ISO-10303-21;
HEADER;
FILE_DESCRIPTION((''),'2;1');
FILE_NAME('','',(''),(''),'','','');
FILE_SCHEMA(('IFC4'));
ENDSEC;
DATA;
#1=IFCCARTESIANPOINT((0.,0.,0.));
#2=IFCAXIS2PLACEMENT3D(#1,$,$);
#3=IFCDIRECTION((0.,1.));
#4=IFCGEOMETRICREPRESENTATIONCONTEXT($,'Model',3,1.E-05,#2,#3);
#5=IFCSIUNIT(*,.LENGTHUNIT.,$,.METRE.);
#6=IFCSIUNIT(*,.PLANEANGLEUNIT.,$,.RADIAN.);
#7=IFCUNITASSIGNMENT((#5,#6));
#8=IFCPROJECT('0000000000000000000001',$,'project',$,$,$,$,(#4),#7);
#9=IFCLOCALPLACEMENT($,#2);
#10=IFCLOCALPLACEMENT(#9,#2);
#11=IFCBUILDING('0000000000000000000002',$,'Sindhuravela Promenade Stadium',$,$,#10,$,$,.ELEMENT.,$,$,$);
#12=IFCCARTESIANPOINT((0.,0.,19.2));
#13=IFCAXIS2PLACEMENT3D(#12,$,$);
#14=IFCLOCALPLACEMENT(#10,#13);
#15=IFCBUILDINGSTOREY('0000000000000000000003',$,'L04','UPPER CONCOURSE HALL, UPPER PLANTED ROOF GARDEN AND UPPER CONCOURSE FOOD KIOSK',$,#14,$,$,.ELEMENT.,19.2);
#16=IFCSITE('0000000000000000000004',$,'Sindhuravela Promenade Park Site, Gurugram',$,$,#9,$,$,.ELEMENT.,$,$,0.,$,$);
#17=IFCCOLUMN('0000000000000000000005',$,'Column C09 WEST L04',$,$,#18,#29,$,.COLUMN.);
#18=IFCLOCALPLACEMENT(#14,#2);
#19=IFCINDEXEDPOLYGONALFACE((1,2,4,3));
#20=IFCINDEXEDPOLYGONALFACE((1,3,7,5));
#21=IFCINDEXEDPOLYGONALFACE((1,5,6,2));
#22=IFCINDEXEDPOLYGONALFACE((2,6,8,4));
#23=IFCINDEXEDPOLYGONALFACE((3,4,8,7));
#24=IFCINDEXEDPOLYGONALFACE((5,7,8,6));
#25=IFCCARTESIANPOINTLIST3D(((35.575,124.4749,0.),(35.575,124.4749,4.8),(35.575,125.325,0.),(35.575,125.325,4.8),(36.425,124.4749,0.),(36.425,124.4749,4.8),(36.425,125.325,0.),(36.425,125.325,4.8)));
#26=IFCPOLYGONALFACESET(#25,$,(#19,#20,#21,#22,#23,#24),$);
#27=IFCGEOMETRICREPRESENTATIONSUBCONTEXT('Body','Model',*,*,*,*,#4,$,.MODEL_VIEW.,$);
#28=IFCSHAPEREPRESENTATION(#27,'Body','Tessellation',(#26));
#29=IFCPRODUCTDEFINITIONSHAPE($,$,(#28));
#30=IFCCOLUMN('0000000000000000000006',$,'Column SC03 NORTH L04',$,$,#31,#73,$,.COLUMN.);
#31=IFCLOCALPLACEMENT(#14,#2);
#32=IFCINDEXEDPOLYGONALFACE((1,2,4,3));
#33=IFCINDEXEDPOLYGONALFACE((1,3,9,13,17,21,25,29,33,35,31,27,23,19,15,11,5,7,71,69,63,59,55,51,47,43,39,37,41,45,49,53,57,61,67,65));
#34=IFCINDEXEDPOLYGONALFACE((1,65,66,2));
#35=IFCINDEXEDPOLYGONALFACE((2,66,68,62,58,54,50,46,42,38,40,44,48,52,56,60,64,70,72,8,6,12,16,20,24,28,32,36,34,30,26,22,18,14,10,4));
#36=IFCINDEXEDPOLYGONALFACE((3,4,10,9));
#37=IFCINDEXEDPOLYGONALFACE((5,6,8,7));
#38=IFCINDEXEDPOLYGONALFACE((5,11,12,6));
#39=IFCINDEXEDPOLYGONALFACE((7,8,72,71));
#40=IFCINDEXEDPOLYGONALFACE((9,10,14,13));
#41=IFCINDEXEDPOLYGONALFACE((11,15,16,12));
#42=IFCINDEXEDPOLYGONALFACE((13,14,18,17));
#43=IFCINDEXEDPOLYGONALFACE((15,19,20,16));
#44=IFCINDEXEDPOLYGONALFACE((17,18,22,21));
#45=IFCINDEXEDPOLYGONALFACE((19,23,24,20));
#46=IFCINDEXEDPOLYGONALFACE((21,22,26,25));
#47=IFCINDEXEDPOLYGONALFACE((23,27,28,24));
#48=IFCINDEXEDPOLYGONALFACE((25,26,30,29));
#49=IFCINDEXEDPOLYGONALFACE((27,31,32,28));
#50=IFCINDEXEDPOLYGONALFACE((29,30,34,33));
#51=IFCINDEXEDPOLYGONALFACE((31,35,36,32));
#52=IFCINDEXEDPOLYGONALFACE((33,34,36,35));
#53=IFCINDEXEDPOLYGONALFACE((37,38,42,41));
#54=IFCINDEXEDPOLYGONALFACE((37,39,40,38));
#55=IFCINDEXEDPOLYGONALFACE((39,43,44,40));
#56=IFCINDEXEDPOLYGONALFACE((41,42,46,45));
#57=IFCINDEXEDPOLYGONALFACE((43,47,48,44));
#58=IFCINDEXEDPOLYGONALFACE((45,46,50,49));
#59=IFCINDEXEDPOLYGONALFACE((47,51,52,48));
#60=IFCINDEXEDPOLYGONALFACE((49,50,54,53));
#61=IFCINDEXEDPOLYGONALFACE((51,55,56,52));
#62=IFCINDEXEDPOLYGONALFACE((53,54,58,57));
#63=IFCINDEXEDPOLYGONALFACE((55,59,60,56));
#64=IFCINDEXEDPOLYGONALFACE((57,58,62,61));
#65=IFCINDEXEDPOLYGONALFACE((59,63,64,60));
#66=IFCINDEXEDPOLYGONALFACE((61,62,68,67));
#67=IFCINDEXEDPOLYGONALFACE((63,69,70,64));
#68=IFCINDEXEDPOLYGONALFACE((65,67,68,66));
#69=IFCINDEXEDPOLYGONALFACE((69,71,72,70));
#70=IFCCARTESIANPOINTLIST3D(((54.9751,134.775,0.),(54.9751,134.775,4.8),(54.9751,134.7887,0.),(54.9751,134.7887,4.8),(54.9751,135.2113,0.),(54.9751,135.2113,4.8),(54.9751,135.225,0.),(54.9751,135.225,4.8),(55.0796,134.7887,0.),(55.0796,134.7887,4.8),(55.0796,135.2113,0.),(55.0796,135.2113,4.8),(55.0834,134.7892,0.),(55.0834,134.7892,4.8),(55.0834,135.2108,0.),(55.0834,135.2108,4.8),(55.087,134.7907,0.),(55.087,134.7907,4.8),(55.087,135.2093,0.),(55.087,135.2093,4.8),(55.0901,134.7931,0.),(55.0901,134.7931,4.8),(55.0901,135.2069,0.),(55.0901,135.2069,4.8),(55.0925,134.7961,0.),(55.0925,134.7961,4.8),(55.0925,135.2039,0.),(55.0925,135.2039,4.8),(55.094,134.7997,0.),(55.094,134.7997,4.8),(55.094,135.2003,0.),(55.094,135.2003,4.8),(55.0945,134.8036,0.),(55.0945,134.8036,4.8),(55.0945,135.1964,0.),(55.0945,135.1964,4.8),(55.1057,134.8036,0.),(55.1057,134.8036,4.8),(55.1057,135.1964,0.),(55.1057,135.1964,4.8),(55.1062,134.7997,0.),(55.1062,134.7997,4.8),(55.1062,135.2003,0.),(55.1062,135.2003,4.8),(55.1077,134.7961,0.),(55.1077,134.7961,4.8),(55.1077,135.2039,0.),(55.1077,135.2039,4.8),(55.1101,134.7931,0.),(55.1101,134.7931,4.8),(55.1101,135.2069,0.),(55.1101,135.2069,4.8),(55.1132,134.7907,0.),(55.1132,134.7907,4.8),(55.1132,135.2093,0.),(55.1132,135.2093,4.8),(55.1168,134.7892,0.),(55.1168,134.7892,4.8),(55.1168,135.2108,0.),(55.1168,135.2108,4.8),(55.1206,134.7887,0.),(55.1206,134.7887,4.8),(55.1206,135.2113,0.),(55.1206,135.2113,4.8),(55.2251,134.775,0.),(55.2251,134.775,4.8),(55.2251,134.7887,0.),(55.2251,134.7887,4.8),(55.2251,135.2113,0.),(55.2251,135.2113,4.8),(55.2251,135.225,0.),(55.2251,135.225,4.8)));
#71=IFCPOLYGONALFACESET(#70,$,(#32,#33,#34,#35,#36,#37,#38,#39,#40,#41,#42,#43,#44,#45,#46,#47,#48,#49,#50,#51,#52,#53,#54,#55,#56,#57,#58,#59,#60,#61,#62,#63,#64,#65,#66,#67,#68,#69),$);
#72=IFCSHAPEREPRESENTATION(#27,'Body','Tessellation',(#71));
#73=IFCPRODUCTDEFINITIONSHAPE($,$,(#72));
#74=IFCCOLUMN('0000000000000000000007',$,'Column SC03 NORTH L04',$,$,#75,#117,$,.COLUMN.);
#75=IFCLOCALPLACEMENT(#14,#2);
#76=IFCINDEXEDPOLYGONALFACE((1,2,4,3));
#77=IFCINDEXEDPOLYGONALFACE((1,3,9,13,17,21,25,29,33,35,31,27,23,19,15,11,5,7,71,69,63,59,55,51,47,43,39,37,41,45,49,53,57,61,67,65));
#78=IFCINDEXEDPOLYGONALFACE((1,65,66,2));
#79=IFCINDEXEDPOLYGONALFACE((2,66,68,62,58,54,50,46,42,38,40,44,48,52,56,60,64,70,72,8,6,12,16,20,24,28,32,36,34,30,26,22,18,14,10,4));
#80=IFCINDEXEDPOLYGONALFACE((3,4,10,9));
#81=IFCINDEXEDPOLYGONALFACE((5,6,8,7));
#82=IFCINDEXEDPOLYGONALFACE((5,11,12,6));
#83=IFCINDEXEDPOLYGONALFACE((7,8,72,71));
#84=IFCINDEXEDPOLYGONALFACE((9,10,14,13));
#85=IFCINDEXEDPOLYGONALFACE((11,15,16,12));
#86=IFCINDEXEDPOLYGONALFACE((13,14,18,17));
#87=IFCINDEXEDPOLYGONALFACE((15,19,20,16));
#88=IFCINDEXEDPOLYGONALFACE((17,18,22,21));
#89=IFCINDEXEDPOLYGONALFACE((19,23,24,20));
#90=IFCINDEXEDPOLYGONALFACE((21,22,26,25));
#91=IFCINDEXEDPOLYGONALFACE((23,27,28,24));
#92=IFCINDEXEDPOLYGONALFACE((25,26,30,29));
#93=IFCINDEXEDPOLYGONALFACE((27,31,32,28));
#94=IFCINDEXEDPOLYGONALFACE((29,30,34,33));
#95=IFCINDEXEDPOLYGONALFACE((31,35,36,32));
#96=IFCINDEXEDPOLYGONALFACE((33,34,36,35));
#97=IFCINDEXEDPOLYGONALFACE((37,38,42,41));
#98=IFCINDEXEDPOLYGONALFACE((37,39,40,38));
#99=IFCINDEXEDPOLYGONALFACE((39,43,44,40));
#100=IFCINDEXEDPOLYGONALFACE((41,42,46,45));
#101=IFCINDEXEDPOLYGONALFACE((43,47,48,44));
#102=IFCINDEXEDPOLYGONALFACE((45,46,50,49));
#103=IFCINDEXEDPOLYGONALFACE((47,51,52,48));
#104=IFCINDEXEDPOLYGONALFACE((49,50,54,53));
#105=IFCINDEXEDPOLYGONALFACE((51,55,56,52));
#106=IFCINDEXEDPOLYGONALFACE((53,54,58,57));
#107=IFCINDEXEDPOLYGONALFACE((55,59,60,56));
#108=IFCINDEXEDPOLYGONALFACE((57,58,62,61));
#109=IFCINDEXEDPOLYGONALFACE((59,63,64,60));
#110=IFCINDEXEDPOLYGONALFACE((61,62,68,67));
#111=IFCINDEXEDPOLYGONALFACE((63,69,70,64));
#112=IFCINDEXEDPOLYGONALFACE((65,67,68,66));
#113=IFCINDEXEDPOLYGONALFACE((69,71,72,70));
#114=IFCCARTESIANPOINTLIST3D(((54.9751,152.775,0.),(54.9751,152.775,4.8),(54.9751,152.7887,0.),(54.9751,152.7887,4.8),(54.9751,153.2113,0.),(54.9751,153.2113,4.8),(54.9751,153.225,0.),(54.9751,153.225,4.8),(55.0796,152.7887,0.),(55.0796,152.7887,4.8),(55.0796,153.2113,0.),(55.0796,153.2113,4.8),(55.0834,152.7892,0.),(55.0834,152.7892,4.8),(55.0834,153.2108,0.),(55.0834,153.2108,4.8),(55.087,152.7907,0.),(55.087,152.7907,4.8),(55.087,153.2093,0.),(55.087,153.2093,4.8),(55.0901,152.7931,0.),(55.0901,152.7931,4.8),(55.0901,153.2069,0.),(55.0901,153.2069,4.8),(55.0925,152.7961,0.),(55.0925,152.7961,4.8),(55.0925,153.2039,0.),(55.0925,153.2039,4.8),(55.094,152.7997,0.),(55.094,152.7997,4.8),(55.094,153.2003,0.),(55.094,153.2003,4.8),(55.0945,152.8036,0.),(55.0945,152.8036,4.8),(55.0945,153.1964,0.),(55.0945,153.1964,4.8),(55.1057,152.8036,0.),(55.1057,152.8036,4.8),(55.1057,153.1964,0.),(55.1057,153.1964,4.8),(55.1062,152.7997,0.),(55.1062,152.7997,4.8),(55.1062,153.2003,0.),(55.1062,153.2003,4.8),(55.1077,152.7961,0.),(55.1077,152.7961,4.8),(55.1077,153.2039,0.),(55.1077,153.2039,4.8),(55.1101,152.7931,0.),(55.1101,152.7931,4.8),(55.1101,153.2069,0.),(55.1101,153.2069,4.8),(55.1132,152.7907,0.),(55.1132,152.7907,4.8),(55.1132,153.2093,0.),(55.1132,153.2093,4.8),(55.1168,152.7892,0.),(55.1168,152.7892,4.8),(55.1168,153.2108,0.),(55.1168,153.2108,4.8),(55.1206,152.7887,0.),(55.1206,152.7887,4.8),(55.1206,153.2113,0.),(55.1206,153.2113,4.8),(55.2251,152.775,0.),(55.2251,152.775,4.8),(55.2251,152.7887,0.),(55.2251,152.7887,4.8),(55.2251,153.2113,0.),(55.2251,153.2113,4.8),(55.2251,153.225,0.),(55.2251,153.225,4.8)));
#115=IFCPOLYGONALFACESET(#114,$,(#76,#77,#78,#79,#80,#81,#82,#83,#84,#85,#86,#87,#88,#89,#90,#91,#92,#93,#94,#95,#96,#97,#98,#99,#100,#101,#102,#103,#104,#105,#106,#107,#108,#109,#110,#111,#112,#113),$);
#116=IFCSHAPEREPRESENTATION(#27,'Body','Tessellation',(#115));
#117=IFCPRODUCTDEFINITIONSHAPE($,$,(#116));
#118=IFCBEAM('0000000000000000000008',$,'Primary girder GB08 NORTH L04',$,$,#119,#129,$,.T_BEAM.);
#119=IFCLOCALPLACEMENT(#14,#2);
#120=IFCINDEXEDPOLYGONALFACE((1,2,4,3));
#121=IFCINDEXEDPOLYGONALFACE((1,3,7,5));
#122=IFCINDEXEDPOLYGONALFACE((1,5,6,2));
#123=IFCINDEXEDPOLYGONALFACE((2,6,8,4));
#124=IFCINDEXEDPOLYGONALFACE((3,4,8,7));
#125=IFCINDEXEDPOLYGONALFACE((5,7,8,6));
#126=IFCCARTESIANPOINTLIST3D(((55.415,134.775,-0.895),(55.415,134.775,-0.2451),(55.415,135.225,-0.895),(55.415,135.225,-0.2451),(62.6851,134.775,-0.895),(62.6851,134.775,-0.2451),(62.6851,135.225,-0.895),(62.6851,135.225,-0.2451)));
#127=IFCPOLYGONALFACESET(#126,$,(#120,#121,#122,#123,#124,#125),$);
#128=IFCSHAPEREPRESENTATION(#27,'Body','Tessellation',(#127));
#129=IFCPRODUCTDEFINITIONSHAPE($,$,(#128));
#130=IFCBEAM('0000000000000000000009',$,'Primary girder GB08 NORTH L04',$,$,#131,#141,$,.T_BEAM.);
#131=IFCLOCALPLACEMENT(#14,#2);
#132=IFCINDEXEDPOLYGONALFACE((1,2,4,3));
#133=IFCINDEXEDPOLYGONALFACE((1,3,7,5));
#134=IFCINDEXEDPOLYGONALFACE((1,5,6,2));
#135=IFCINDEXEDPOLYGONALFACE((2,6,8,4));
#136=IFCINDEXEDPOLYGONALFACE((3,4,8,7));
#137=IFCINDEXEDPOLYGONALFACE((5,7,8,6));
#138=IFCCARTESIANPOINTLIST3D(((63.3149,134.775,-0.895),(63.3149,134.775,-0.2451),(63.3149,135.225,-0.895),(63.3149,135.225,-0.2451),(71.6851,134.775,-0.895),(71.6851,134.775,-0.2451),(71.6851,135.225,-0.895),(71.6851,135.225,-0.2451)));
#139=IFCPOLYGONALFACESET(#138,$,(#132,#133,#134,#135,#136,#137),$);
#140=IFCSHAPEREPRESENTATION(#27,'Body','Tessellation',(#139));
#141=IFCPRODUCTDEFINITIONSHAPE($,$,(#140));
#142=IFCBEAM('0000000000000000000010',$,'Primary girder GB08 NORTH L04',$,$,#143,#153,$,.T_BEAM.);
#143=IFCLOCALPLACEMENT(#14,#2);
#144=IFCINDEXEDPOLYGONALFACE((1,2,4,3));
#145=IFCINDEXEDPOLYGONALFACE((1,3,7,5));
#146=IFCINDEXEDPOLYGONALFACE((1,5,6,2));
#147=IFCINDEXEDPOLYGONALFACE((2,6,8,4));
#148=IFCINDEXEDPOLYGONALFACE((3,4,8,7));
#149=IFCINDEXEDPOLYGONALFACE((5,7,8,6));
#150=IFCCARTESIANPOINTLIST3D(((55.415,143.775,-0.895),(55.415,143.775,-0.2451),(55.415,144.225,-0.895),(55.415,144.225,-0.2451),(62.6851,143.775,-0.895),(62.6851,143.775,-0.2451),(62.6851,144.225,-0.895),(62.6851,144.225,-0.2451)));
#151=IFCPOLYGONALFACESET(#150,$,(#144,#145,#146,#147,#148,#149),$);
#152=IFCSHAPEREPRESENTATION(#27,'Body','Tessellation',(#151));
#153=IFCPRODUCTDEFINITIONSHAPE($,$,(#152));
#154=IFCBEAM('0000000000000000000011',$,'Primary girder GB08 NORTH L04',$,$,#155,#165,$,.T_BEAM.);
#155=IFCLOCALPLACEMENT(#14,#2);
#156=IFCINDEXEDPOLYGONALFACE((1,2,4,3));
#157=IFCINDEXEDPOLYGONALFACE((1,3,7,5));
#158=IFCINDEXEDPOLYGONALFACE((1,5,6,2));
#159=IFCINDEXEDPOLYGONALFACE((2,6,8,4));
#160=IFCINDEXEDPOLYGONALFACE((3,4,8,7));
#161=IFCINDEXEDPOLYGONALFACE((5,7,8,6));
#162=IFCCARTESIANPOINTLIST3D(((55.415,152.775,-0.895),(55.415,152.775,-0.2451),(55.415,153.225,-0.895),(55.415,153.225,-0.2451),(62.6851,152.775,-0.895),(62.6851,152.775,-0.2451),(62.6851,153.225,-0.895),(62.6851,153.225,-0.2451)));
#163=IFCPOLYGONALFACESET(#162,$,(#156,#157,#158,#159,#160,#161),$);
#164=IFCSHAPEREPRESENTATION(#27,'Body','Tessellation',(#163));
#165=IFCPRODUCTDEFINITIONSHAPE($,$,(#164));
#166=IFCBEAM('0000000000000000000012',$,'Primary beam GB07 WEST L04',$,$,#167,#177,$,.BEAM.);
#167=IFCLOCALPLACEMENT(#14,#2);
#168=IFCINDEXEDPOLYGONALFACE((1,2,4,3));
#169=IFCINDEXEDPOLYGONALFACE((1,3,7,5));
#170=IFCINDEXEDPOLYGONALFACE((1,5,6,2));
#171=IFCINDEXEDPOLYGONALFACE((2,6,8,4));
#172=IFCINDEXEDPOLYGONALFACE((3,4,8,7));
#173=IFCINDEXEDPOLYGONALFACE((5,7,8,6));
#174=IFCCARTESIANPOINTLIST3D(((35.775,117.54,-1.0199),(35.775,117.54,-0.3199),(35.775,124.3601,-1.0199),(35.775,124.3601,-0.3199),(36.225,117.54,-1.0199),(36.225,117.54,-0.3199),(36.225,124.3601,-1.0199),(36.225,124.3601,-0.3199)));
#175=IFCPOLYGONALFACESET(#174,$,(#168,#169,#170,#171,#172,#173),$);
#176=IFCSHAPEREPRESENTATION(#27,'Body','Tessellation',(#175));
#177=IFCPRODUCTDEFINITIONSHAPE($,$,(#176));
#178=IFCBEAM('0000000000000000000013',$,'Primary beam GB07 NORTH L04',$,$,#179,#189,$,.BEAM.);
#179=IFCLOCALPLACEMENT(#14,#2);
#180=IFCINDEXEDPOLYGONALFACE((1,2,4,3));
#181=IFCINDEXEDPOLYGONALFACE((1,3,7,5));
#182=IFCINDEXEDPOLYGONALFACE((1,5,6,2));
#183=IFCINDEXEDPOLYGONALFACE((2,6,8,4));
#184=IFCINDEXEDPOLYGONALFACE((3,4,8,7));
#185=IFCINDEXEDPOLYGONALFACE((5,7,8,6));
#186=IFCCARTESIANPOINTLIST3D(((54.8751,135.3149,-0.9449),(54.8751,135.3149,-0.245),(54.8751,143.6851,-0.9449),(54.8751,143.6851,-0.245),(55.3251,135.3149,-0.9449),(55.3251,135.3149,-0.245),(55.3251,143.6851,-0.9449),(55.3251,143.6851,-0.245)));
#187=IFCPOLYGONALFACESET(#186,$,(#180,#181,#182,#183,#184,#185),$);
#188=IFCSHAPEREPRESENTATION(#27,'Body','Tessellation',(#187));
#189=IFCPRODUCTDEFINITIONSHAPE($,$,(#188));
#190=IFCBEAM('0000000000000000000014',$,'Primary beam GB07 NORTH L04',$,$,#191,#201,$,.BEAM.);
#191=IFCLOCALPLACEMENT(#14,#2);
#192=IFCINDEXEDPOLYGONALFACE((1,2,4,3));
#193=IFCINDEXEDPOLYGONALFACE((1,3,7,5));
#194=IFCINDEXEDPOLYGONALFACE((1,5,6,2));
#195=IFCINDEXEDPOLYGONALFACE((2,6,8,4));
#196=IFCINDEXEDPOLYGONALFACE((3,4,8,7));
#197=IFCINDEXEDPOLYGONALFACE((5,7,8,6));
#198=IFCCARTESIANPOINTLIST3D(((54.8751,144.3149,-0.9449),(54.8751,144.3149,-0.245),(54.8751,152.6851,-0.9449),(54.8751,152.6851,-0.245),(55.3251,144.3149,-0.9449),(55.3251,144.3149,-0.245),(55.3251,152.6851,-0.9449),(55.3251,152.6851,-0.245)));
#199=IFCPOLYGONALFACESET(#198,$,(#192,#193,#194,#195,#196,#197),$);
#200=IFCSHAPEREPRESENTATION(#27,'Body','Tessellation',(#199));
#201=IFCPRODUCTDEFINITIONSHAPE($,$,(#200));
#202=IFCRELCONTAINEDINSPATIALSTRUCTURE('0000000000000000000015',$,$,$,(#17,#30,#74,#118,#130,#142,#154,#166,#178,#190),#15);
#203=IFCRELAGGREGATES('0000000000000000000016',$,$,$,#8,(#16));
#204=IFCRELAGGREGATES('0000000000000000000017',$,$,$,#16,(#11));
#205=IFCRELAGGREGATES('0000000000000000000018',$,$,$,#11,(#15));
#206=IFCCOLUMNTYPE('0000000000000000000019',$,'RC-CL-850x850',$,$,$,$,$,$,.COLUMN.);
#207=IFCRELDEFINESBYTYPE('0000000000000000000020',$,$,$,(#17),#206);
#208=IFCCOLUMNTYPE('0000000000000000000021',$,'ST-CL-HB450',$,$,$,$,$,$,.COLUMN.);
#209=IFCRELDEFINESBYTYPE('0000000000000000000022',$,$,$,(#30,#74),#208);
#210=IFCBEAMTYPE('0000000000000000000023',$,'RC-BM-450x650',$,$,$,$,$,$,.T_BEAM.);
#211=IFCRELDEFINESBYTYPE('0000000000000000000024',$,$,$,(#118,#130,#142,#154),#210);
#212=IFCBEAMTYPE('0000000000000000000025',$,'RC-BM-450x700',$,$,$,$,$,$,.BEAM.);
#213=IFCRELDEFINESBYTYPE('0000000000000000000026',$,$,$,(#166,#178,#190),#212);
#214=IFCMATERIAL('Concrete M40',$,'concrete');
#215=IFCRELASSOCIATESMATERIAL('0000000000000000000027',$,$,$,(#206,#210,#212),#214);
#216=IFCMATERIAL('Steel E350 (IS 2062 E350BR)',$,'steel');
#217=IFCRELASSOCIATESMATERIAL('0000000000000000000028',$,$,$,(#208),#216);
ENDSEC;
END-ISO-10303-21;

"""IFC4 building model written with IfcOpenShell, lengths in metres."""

from ifc_helpers import new_model, si_unit, direction, frame, origin, origin_2d, place, context, subcontext, project, spatial, rectangle, i_section, extrude, material, material_profile, profile_set, type_object, element, save


model = new_model("IFC4")

# Units and contexts
model_context = context("Model", 3, precision=1e-05, world=origin(), true_north=direction((0.0, 1.0)))
body_context = subcontext(model_context, "Body", "Model", "MODEL_VIEW")
ifc_project = project(units=[si_unit("LENGTHUNIT", "METRE"), si_unit("PLANEANGLEUNIT", "RADIAN")], contexts=[model_context])

# Site, building, storey
site_placement = place(None, origin())
site = spatial("IfcSite", under=ifc_project, at=site_placement, Name="Sindhuravela Promenade Park Site, Gurugram", CompositionType="ELEMENT", RefElevation=0.0)
building_placement = place(site_placement, origin())
building = spatial("IfcBuilding", under=site, at=building_placement, Name="Sindhuravela Promenade Stadium", CompositionType="ELEMENT")
storey_placement = place(building_placement, frame((0.0, 0.0, 19.2)))
storey = spatial("IfcBuildingStorey", under=building, at=storey_placement, Name="L04", Description="UPPER CONCOURSE HALL, UPPER PLANTED ROOF GARDEN AND UPPER CONCOURSE FOOD KIOSK", CompositionType="ELEMENT", Elevation=19.2)

# Columns
ifc_material_1 = material(Name="Concrete M40", Category="concrete")
ifc_material_profile_1 = material_profile(ifc_material_1, rectangle(XDim=0.8501, YDim=0.8501, at=origin_2d()), Name="RC 850x850")
ifc_profile_set_1 = profile_set([ifc_material_profile_1], Name="Concrete M40")
column_type_1 = type_object("IfcColumnType", Name="RC-CL-850x850", PredefinedType="COLUMN", material=ifc_profile_set_1)
column_placement = place(storey_placement, frame((36.0, 124.8999, 0.0), z_axis=(0.0, 0.0, 1.0), x_axis=(1.0, 0.0, 0.0)))
element("IfcColumn", 1, at=column_placement, inside=storey, type_object=column_type_1, Name="Column C09 WEST L04", PredefinedType="COLUMN", context=body_context, shape_type="SweptSolid", body=[
    extrude(rectangle(XDim=0.8501, YDim=0.8501, at=origin_2d()), origin(), (0.0, 0.0, 1.0), 4.8),
])
ifc_material_2 = material(Name="Steel E350 (IS 2062 E350BR)", Category="steel")
ifc_material_profile_2 = material_profile(ifc_material_2, i_section(OverallWidth=0.25, OverallDepth=0.45, WebThickness=0.0112, FlangeThickness=0.0137, FilletRadius=0.0149, at=origin_2d()), Name="ISHB 450")
ifc_profile_set_2 = profile_set([ifc_material_profile_2], Name="Steel E350 (IS 2062 E350BR)")
column_type_2 = type_object("IfcColumnType", Name="ST-CL-HB450", PredefinedType="COLUMN", material=ifc_profile_set_2)
for number, where, z_axis, x_axis, name in (
    (2, (55.1001, 135.0, 0.0), (0.0, 0.0, 1.0), (1.0, 0.0, 0.0), "Column SC03 NORTH L04"),
    (3, (55.1001, 153.0, 0.0), (0.0, 0.0, 1.0), (1.0, 0.0, 0.0), "Column SC03 NORTH L04"),
):
    element("IfcColumn", number, at=place(storey_placement, frame(where, z_axis=z_axis, x_axis=x_axis)), inside=storey, type_object=column_type_2, Name=name, PredefinedType="COLUMN", context=body_context, shape_type="SweptSolid", body=[
        extrude(i_section(OverallWidth=0.25, OverallDepth=0.45, WebThickness=0.0112, FlangeThickness=0.0137, FilletRadius=0.0149, at=origin_2d()), origin(), (0.0, 0.0, 1.0), 4.8),
    ])

# Beams
ifc_material_profile_3 = material_profile(ifc_material_1, rectangle(XDim=0.45, YDim=0.6499, at=origin_2d()), Name="RC 450x650")
ifc_profile_set_3 = profile_set([ifc_material_profile_3], Name="Concrete M40")
beam_type_1 = type_object("IfcBeamType", Name="RC-BM-450x650", PredefinedType="T_BEAM", material=ifc_profile_set_3)
beam_1_placement = place(storey_placement, frame((55.415, 135.0, -0.5701), z_axis=(1.0, 0.0, 0.0), x_axis=(0.0, 1.0, 0.0)))
element("IfcBeam", 4, at=beam_1_placement, inside=storey, type_object=beam_type_1, Name="Primary girder GB08 NORTH L04", PredefinedType="T_BEAM", context=body_context, shape_type="SweptSolid", body=[
    extrude(rectangle(XDim=0.45, YDim=0.6499, at=origin_2d()), origin(), (0.0, 0.0, 1.0), 7.27),
])
beam_2_placement = place(storey_placement, frame((63.3149, 135.0, -0.5701), z_axis=(1.0, 0.0, 0.0), x_axis=(0.0, 1.0, 0.0)))
element("IfcBeam", 5, at=beam_2_placement, inside=storey, type_object=beam_type_1, Name="Primary girder GB08 NORTH L04", PredefinedType="T_BEAM", context=body_context, shape_type="SweptSolid", body=[
    extrude(rectangle(XDim=0.45, YDim=0.6499, at=origin_2d()), origin(), (0.0, 0.0, 1.0), 8.3701),
])
for number, where, z_axis, x_axis, name in (
    (6, (55.415, 144.0, -0.5701), (1.0, 0.0, 0.0), (0.0, 1.0, 0.0), "Primary girder GB08 NORTH L04"),
    (7, (55.415, 153.0, -0.5701), (1.0, 0.0, 0.0), (0.0, 1.0, 0.0), "Primary girder GB08 NORTH L04"),
):
    element("IfcBeam", number, at=place(storey_placement, frame(where, z_axis=z_axis, x_axis=x_axis)), inside=storey, type_object=beam_type_1, Name=name, PredefinedType="T_BEAM", context=body_context, shape_type="SweptSolid", body=[
        extrude(rectangle(XDim=0.45, YDim=0.6499, at=origin_2d()), origin(), (0.0, 0.0, 1.0), 7.27),
    ])
ifc_material_profile_4 = material_profile(ifc_material_1, rectangle(XDim=0.45, YDim=0.7, at=origin_2d()), Name="RC 450x700")
ifc_profile_set_4 = profile_set([ifc_material_profile_4], Name="Concrete M40")
beam_type_2 = type_object("IfcBeamType", Name="RC-BM-450x700", PredefinedType="BEAM", material=ifc_profile_set_4)
beam_3_placement = place(storey_placement, frame((36.0, 117.54, -0.6699), z_axis=(0.0, 1.0, 0.0), x_axis=(-1.0, 0.0, 0.0)))
element("IfcBeam", 8, at=beam_3_placement, inside=storey, type_object=beam_type_2, Name="Primary beam GB07 WEST L04", PredefinedType="BEAM", context=body_context, shape_type="SweptSolid", body=[
    extrude(rectangle(XDim=0.45, YDim=0.7, at=origin_2d()), origin(), (0.0, 0.0, 1.0), 6.8201),
])
for number, where, z_axis, x_axis, name in (
    (9, (55.1001, 135.3149, -0.595), (0.0, 1.0, 0.0), (-1.0, 0.0, 0.0), "Primary beam GB07 NORTH L04"),
    (10, (55.1001, 144.3149, -0.595), (0.0, 1.0, 0.0), (-1.0, 0.0, 0.0), "Primary beam GB07 NORTH L04"),
):
    element("IfcBeam", number, at=place(storey_placement, frame(where, z_axis=z_axis, x_axis=x_axis)), inside=storey, type_object=beam_type_2, Name=name, PredefinedType="BEAM", context=body_context, shape_type="SweptSolid", body=[
        extrude(rectangle(XDim=0.45, YDim=0.7, at=origin_2d()), origin(), (0.0, 0.0, 1.0), 8.3701),
    ])

save(model, "model.ifc")
